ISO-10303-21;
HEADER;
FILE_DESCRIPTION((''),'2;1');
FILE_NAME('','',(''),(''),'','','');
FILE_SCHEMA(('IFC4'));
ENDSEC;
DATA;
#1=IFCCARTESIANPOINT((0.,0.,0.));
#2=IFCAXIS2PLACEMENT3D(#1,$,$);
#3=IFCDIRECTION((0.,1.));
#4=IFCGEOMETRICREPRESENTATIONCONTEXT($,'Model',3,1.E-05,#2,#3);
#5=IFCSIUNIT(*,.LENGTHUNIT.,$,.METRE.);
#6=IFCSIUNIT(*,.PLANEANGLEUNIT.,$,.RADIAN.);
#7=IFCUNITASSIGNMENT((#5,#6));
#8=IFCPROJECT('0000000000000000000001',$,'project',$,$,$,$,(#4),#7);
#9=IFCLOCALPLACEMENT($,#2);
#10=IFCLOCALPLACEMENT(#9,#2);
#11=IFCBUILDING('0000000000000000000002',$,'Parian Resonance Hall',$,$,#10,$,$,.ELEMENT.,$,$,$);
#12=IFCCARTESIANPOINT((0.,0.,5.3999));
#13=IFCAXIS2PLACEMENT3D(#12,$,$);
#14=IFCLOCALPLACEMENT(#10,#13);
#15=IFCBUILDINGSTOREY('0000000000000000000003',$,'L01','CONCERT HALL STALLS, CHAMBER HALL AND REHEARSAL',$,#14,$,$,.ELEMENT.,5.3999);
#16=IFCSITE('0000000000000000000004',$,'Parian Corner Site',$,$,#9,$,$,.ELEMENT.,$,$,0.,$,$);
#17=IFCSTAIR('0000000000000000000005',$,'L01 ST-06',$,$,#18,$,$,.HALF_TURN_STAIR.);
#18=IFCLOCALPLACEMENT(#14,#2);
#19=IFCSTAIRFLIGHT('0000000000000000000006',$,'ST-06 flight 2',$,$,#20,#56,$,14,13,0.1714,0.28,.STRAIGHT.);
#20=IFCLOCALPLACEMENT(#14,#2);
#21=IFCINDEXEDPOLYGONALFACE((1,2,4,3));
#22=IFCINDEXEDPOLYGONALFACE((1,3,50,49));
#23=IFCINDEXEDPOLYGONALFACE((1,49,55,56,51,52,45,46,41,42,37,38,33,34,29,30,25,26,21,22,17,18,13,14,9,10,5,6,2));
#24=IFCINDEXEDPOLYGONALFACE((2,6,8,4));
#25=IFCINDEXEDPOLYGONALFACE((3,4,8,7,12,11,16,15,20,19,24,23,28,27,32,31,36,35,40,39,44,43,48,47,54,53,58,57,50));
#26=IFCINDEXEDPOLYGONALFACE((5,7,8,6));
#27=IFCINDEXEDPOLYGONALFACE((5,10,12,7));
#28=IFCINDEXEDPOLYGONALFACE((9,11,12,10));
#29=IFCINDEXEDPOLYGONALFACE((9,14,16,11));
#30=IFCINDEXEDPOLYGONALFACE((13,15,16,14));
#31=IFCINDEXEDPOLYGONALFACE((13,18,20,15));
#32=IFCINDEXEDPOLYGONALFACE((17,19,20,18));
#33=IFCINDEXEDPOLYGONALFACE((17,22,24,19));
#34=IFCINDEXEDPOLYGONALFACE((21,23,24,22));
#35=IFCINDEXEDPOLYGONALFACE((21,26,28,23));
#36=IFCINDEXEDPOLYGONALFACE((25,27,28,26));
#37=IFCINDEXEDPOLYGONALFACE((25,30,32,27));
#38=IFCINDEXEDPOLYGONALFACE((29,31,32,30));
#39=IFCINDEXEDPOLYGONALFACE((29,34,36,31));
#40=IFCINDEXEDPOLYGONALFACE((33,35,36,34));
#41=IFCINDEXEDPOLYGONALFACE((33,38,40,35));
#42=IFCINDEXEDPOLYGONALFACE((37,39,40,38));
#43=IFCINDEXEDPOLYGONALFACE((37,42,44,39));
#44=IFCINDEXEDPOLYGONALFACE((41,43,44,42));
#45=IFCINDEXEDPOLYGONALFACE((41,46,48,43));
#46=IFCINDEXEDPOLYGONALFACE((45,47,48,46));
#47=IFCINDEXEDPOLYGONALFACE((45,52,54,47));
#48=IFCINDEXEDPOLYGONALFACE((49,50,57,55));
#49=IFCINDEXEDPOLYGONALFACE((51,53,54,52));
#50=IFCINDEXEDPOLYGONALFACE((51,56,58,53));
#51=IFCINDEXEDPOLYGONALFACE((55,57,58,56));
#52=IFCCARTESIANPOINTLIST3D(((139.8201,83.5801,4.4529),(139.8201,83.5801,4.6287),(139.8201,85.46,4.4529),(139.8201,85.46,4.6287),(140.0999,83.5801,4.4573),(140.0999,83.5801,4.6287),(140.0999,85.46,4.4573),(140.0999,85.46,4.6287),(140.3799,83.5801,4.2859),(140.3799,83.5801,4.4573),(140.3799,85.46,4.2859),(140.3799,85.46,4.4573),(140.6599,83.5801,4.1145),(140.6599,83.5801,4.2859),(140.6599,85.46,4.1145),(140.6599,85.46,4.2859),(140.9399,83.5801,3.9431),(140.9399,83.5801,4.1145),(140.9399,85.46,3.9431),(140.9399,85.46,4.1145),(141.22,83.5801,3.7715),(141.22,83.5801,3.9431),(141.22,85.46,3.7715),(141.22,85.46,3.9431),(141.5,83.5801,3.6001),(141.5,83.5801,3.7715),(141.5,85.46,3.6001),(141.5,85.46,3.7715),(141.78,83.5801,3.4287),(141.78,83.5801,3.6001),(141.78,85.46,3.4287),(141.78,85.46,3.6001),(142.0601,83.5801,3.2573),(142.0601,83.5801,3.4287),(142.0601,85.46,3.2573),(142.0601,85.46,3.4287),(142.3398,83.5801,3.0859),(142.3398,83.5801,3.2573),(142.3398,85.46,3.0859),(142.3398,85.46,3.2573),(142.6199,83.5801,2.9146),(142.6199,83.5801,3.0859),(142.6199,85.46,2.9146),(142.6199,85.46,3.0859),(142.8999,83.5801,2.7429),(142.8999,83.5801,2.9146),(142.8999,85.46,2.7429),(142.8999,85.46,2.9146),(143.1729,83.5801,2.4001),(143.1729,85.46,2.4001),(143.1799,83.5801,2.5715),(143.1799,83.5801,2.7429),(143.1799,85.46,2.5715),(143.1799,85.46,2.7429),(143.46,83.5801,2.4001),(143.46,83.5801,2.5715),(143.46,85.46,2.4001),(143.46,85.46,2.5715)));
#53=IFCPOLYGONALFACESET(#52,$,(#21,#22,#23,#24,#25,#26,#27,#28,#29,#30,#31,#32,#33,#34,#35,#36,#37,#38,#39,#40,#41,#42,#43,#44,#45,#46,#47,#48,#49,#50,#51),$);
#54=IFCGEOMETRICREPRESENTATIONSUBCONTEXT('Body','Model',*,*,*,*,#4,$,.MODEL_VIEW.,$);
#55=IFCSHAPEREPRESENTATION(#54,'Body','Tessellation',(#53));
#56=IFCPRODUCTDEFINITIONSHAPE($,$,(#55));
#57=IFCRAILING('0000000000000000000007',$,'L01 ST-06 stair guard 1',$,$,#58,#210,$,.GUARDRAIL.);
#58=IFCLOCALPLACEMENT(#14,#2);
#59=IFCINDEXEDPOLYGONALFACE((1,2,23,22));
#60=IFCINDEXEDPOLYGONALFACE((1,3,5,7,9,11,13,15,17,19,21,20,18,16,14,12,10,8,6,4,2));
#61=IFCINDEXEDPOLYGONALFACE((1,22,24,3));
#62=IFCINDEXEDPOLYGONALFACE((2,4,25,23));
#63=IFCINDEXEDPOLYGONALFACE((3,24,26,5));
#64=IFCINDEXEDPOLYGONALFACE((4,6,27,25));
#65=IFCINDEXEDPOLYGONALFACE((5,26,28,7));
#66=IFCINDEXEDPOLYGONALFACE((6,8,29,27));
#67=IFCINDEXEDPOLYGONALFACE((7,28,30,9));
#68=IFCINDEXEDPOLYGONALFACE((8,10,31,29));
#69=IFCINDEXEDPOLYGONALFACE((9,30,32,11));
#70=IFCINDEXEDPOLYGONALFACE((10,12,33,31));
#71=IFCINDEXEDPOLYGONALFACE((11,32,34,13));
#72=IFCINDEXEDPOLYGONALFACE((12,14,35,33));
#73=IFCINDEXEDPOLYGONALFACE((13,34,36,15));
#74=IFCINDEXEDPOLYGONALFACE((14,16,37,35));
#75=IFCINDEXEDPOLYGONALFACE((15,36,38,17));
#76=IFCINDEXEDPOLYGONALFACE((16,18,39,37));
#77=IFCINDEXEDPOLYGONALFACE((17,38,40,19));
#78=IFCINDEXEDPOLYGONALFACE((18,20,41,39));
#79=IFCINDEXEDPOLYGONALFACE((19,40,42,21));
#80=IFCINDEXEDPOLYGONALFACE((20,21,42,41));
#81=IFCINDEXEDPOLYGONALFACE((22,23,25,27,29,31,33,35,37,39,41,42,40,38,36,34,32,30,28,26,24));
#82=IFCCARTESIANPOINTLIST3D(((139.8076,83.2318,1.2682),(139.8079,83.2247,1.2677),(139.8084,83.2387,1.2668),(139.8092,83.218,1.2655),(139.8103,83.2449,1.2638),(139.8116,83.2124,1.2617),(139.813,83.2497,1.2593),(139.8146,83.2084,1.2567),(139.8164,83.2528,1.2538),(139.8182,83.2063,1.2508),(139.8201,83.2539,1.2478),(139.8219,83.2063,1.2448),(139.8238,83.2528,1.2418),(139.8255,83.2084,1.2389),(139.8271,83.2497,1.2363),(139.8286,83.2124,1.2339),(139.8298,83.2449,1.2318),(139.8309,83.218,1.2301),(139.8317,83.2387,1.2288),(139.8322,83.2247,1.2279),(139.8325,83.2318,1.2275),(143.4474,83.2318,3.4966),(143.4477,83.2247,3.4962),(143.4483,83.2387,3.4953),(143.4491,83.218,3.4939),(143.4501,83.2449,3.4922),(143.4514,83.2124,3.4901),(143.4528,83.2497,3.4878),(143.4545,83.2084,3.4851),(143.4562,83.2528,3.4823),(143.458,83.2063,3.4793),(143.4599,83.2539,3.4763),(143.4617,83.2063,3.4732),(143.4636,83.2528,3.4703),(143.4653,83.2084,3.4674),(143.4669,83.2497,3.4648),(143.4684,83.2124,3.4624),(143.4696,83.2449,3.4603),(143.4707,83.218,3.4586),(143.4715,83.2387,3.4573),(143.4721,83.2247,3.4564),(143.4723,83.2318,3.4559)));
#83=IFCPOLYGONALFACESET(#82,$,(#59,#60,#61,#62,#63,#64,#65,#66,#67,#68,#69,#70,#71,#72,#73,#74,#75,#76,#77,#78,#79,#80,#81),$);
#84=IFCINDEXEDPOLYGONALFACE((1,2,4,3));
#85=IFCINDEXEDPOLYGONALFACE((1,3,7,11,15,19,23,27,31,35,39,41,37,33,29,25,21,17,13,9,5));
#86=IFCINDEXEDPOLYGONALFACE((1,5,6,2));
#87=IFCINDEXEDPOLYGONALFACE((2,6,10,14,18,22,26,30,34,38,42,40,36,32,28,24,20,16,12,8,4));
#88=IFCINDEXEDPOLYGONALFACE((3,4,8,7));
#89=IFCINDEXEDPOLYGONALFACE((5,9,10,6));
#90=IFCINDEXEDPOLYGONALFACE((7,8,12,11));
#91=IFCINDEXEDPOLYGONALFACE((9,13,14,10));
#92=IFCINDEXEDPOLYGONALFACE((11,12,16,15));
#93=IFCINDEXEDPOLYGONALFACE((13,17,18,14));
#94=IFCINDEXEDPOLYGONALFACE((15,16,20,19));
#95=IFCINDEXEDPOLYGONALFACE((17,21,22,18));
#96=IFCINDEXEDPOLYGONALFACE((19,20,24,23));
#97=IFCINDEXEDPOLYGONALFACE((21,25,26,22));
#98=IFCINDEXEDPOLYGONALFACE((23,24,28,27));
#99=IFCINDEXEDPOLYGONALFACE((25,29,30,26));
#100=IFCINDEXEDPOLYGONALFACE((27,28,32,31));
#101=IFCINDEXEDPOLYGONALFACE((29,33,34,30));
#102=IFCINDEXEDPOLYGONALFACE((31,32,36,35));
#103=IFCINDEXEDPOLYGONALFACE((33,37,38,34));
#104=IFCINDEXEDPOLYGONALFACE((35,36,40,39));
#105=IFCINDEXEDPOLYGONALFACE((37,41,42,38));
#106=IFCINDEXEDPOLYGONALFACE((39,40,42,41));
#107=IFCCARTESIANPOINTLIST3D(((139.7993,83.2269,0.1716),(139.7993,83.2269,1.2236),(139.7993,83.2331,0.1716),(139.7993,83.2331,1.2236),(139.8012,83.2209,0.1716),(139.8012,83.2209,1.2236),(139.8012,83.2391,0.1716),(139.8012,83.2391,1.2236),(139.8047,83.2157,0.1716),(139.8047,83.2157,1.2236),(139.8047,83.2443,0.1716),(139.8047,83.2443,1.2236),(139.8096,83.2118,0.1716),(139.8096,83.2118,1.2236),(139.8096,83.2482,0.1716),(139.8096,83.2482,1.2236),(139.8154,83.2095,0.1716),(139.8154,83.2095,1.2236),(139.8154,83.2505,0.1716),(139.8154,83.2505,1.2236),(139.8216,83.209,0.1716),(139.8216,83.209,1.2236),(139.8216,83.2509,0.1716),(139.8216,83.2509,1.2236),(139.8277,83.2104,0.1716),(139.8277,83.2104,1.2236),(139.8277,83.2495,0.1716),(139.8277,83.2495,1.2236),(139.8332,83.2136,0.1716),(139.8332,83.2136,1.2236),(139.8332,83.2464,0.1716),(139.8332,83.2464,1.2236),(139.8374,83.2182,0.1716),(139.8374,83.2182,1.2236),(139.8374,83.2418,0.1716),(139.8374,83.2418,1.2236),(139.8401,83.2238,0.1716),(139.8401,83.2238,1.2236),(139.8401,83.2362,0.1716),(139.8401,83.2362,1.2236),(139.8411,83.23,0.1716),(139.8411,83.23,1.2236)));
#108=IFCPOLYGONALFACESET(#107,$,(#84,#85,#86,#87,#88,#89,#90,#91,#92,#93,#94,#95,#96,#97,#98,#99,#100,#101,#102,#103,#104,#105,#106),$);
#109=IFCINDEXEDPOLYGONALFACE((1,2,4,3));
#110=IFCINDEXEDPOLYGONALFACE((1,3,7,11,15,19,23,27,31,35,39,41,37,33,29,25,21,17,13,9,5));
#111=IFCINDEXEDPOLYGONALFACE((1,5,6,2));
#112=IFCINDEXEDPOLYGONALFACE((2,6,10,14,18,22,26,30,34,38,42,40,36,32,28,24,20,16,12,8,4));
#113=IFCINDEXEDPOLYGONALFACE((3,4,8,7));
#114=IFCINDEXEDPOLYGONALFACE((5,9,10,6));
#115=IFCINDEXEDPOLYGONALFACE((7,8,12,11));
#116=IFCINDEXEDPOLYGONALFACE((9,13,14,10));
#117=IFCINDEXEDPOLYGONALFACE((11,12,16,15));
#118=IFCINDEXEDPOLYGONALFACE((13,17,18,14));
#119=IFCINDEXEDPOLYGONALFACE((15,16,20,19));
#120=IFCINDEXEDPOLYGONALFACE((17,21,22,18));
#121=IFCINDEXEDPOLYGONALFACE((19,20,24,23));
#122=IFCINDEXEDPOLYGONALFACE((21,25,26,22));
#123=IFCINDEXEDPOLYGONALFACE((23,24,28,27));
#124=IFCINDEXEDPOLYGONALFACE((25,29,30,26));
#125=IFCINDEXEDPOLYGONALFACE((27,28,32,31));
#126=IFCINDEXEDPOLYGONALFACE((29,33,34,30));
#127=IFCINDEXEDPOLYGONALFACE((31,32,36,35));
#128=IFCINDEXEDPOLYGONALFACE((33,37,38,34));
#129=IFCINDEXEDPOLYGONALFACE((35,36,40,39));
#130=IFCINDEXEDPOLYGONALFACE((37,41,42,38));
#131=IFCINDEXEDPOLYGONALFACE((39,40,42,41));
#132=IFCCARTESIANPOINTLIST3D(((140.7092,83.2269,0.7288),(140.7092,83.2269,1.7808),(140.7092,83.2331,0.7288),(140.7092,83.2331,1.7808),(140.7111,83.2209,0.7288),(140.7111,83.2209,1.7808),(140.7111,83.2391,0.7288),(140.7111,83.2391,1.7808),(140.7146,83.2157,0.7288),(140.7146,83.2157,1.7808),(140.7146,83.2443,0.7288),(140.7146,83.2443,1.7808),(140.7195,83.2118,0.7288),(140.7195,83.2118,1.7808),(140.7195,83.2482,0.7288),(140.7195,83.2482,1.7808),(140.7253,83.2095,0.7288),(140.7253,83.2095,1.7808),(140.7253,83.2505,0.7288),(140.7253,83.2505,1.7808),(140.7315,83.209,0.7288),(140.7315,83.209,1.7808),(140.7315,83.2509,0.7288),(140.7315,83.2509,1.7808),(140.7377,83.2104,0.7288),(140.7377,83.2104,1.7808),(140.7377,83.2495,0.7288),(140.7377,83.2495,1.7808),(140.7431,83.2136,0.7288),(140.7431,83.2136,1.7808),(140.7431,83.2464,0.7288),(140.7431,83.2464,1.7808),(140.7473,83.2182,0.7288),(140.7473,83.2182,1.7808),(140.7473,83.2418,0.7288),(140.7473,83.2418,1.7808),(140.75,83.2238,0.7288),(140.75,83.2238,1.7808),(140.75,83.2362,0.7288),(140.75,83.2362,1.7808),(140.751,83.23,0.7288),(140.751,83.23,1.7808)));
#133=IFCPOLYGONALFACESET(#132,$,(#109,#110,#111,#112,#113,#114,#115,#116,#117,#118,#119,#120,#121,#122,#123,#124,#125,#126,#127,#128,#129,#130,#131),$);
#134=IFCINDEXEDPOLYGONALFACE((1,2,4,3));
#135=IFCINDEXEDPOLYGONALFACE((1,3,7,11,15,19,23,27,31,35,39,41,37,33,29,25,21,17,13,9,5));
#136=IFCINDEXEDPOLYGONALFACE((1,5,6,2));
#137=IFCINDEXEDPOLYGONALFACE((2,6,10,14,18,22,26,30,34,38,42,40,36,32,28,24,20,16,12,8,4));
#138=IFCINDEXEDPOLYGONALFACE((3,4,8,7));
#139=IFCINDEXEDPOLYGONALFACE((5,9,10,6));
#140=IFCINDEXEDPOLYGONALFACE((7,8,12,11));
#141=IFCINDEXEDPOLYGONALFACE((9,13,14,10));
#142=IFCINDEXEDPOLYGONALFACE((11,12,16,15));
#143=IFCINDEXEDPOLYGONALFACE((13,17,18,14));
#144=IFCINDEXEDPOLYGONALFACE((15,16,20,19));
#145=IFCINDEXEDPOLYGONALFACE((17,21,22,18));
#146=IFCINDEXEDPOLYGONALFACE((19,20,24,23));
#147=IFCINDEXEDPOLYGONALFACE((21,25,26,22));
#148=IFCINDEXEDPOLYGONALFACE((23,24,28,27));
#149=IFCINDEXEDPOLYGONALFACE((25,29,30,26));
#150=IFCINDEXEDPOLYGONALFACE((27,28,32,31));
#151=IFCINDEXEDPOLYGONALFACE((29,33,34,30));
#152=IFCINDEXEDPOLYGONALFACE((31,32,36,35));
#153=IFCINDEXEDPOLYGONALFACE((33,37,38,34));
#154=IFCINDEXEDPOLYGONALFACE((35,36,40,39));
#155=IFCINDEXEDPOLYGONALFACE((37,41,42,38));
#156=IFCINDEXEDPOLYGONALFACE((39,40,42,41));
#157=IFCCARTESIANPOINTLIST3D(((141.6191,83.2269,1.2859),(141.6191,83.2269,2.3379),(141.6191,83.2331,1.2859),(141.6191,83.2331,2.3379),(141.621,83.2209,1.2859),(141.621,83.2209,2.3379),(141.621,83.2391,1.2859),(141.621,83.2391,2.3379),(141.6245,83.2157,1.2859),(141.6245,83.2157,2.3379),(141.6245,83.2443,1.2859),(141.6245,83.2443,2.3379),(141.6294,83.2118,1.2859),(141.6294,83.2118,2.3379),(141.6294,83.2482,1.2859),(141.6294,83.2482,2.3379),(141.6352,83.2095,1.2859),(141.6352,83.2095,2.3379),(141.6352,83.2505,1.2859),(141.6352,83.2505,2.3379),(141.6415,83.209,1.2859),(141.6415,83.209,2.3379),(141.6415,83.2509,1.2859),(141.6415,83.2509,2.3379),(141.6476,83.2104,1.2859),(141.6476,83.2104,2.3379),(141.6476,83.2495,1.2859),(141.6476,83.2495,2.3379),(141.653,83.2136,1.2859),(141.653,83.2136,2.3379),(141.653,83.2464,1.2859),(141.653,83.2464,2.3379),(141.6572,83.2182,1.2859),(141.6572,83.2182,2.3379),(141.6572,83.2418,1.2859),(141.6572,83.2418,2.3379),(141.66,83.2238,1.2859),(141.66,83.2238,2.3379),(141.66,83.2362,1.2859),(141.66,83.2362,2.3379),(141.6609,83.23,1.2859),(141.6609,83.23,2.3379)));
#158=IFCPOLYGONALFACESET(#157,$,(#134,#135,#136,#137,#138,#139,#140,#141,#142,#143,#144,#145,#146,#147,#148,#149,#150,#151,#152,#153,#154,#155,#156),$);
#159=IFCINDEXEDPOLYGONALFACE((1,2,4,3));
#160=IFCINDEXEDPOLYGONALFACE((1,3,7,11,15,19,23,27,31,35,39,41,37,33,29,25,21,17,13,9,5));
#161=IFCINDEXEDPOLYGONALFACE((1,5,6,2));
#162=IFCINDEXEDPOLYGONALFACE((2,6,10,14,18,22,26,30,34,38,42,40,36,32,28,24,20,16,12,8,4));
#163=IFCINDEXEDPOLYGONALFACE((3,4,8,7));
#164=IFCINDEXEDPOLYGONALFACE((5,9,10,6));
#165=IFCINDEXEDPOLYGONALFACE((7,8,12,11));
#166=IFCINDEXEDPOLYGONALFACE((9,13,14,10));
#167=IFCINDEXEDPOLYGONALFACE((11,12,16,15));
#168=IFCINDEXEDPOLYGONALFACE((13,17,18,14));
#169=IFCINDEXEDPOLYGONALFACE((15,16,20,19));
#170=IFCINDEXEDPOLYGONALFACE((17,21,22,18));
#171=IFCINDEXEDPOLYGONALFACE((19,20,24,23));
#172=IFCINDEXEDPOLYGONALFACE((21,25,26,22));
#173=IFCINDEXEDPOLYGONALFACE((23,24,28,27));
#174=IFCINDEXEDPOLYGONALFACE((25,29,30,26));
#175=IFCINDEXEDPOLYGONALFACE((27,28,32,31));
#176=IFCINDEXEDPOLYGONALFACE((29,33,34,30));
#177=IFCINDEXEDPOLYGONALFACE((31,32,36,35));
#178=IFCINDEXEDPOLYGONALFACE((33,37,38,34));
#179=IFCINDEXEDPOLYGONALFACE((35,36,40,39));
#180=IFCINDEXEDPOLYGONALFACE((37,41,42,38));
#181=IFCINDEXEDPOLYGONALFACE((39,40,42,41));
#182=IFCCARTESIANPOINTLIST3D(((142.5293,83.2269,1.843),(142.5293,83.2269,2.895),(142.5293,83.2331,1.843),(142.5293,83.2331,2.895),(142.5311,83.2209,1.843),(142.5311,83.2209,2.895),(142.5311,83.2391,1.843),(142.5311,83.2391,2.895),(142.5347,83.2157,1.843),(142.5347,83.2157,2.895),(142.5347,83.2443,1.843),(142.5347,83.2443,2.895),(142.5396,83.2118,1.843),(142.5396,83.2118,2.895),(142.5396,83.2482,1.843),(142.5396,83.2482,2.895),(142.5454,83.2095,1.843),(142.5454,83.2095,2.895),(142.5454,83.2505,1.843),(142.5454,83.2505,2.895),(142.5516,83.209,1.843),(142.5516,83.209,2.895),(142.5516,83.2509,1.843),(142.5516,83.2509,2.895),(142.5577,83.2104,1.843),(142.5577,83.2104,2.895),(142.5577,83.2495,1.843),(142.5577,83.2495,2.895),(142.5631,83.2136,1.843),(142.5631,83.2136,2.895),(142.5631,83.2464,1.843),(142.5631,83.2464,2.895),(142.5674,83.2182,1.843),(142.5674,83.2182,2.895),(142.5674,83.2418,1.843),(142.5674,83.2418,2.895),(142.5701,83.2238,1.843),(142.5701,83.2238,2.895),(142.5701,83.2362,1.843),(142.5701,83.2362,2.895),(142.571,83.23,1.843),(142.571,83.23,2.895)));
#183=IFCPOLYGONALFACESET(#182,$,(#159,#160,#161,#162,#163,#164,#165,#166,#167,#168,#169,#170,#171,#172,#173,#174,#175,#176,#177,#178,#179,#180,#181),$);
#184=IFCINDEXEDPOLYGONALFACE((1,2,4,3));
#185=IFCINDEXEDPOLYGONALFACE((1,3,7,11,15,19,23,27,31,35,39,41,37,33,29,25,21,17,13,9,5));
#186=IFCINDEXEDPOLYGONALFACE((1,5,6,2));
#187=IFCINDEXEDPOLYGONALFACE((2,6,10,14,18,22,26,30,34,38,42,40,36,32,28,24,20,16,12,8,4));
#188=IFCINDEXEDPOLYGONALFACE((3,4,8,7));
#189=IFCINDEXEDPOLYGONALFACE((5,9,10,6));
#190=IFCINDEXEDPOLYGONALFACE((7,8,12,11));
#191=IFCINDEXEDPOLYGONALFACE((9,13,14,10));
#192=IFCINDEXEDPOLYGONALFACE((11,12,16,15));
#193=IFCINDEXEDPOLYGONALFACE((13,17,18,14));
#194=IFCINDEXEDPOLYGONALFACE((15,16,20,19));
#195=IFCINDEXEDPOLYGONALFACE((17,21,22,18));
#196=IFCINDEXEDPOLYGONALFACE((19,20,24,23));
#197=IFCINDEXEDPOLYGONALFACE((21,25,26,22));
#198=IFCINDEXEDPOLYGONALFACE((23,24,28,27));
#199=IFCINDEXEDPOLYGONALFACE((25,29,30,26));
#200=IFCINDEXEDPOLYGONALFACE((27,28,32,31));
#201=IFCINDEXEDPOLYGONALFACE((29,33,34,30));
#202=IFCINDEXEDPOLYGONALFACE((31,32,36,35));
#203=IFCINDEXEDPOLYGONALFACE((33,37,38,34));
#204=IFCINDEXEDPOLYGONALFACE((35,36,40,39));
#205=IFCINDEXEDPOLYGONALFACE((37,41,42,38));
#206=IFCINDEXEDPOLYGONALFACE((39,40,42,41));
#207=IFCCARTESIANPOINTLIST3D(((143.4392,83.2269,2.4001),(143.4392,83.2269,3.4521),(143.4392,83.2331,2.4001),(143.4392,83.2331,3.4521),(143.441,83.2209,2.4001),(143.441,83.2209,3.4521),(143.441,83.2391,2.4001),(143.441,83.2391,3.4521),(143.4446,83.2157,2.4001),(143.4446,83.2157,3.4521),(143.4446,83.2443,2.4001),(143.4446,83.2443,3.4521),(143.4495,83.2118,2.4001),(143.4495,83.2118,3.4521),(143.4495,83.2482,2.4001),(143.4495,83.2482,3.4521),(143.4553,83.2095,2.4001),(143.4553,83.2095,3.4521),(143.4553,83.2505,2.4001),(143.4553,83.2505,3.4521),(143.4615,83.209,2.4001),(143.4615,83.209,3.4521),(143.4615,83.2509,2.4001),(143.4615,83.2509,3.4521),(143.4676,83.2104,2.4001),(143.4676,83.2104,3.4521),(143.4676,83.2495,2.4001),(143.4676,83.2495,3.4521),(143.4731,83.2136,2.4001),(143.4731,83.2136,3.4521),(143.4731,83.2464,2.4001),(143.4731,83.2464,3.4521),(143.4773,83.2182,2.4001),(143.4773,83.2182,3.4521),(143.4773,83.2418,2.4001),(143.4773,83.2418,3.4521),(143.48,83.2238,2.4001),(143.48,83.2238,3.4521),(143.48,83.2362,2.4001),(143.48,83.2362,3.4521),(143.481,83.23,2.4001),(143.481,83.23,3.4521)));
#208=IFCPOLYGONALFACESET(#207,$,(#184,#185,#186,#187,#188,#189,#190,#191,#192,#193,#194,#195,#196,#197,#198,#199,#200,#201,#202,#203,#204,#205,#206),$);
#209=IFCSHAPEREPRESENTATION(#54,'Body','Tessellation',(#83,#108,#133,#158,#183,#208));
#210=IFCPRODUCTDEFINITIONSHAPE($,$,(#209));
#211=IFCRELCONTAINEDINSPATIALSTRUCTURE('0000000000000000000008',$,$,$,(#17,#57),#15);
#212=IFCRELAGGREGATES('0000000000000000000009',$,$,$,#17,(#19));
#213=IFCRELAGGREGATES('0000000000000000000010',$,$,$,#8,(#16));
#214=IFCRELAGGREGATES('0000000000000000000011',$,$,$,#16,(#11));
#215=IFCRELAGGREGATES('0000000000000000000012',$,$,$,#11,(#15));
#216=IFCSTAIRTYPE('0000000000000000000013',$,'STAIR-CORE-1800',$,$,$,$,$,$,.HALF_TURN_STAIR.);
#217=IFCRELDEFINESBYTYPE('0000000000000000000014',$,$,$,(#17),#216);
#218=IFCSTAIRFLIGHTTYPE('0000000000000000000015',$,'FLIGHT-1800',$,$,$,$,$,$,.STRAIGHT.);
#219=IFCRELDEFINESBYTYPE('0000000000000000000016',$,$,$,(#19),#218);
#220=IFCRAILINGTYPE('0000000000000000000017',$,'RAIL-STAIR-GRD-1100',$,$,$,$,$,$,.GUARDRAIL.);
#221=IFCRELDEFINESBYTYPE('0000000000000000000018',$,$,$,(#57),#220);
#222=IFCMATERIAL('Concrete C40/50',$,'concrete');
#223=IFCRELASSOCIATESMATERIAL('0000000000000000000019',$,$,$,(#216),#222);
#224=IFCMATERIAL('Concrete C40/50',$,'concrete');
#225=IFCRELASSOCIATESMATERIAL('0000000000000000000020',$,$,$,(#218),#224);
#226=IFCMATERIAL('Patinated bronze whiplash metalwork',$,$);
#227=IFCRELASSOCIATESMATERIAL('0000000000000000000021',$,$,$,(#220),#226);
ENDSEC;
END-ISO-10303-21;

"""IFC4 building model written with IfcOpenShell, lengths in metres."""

from ifc_helpers import new_model, si_unit, direction, frame, origin, origin_2d, place, context, subcontext, project, spatial, polyline, circle, outline, extrude, material, type_object, element, aggregate, save


model = new_model("IFC4")

# Units and contexts
model_context = context("Model", 3, precision=1e-05, world=origin(), true_north=direction((0.0, 1.0)))
body_context = subcontext(model_context, "Body", "Model", "MODEL_VIEW")
ifc_project = project(units=[si_unit("LENGTHUNIT", "METRE"), si_unit("PLANEANGLEUNIT", "RADIAN")], contexts=[model_context])

# Site, building, storey
site_placement = place(None, origin())
site = spatial("IfcSite", under=ifc_project, at=site_placement, Name="Parian Corner Site", CompositionType="ELEMENT", RefElevation=0.0)
building_placement = place(site_placement, origin())
building = spatial("IfcBuilding", under=site, at=building_placement, Name="Parian Resonance Hall", CompositionType="ELEMENT")
storey_placement = place(building_placement, frame((0.0, 0.0, 5.3999)))
storey = spatial("IfcBuildingStorey", under=building, at=storey_placement, Name="L01", Description="CONCERT HALL STALLS, CHAMBER HALL AND REHEARSAL", CompositionType="ELEMENT", Elevation=5.3999)

# Stair, stair flight
ifc_material_1 = material(Name="Concrete C40/50", Category="concrete")
stair_type = type_object("IfcStairType", Name="STAIR-CORE-1800", PredefinedType="HALF_TURN_STAIR", material=ifc_material_1)
stair_placement = place(storey_placement, origin())
stair = element("IfcStair", 1, at=stair_placement, inside=storey, type_object=stair_type, Name="L01 ST-06", PredefinedType="HALF_TURN_STAIR")
ifc_material_2 = material(Name="Concrete C40/50", Category="concrete")
stair_flight_type = type_object("IfcStairFlightType", Name="FLIGHT-1800", PredefinedType="STRAIGHT", material=ifc_material_2)
stair_flight_1_placement = place(storey_placement, frame((143.46, 84.52, 2.4001), z_axis=(0.0, 0.0, 1.0), x_axis=(-1.0, 0.0, 0.0)))
stair_flight_1 = element("IfcStairFlight", 2, at=stair_flight_1_placement, type_object=stair_flight_type, Name="ST-06 flight 2", NumberOfRisers=14, NumberOfTreads=13, PredefinedType="STRAIGHT", RiserHeight=0.1714, TreadLength=0.28, context=body_context, shape_type="SweptSolid", body=[
    extrude(outline(polyline([(0.0, 0.0), (0.0, 0.1714), (0.28, 0.1714), (0.28, 0.3428), (0.5601, 0.3428), (0.5601, 0.5144), (0.8401, 0.5144), (0.8401, 0.6858), (1.1201, 0.6858), (1.1201, 0.8572), (1.3999, 0.8572), (1.3999, 1.0286), (1.6799, 1.0286), (1.6799, 1.2), (1.96, 1.2), (1.96, 1.3713), (2.24, 1.3713), (2.24, 1.543), (2.52, 1.543), (2.52, 1.7144), (2.8, 1.7144), (2.8, 1.8857), (3.0801, 1.8857), (3.0801, 2.0571), (3.3601, 2.0571), (3.3601, 2.2285), (3.6399, 2.2285), (3.6399, 2.3999), (3.6399, 2.0527), (0.2871, 0.0), (0.0, 0.0)])), frame((0.0, 0.9399, 0.0), z_axis=(0.0, -1.0, 0.0), x_axis=(1.0, 0.0, 0.0)), (0.0, 0.0, 1.0), 1.8799),
])
aggregate(stair, [stair_flight_1])

# Railing
ifc_material_3 = material(Name="Patinated bronze whiplash metalwork")
railing_type_1 = type_object("IfcRailingType", Name="RAIL-STAIR-GRD-1100", PredefinedType="GUARDRAIL", material=ifc_material_3)
railing_1_placement = place(storey_placement, frame((139.8201, 83.23, 0.1716)))
element("IfcRailing", 3, at=railing_1_placement, inside=storey, type_object=railing_type_1, Name="L01 ST-06 stair guard 1", PredefinedType="GUARDRAIL", context=body_context, shape_type="SweptSolid", body=[
    extrude(circle(Radius=0.0239, at=origin_2d()), frame((0.0, 0.0, 1.0762), z_axis=(0.85285, 0.0, 0.522156), x_axis=(0.0, 1.0, 0.0)), (0.0, 0.0, 1.0), 4.2678),
    extrude(circle(Radius=0.021, at=origin_2d()), origin(), (0.0, 0.0, 1.0), 1.052),
    extrude(circle(Radius=0.021, at=origin_2d()), frame((0.9099, 0.0, 0.5571)), (0.0, 0.0, 1.0), 1.052),
    extrude(circle(Radius=0.021, at=origin_2d()), frame((1.8198, 0.0, 1.1143)), (0.0, 0.0, 1.0), 1.052),
    extrude(circle(Radius=0.021, at=origin_2d()), frame((2.73, 0.0, 1.6714)), (0.0, 0.0, 1.0), 1.052),
    extrude(circle(Radius=0.021, at=origin_2d()), frame((3.6399, 0.0, 2.2285)), (0.0, 0.0, 1.0), 1.052),
])

save(model, "model.ifc")
